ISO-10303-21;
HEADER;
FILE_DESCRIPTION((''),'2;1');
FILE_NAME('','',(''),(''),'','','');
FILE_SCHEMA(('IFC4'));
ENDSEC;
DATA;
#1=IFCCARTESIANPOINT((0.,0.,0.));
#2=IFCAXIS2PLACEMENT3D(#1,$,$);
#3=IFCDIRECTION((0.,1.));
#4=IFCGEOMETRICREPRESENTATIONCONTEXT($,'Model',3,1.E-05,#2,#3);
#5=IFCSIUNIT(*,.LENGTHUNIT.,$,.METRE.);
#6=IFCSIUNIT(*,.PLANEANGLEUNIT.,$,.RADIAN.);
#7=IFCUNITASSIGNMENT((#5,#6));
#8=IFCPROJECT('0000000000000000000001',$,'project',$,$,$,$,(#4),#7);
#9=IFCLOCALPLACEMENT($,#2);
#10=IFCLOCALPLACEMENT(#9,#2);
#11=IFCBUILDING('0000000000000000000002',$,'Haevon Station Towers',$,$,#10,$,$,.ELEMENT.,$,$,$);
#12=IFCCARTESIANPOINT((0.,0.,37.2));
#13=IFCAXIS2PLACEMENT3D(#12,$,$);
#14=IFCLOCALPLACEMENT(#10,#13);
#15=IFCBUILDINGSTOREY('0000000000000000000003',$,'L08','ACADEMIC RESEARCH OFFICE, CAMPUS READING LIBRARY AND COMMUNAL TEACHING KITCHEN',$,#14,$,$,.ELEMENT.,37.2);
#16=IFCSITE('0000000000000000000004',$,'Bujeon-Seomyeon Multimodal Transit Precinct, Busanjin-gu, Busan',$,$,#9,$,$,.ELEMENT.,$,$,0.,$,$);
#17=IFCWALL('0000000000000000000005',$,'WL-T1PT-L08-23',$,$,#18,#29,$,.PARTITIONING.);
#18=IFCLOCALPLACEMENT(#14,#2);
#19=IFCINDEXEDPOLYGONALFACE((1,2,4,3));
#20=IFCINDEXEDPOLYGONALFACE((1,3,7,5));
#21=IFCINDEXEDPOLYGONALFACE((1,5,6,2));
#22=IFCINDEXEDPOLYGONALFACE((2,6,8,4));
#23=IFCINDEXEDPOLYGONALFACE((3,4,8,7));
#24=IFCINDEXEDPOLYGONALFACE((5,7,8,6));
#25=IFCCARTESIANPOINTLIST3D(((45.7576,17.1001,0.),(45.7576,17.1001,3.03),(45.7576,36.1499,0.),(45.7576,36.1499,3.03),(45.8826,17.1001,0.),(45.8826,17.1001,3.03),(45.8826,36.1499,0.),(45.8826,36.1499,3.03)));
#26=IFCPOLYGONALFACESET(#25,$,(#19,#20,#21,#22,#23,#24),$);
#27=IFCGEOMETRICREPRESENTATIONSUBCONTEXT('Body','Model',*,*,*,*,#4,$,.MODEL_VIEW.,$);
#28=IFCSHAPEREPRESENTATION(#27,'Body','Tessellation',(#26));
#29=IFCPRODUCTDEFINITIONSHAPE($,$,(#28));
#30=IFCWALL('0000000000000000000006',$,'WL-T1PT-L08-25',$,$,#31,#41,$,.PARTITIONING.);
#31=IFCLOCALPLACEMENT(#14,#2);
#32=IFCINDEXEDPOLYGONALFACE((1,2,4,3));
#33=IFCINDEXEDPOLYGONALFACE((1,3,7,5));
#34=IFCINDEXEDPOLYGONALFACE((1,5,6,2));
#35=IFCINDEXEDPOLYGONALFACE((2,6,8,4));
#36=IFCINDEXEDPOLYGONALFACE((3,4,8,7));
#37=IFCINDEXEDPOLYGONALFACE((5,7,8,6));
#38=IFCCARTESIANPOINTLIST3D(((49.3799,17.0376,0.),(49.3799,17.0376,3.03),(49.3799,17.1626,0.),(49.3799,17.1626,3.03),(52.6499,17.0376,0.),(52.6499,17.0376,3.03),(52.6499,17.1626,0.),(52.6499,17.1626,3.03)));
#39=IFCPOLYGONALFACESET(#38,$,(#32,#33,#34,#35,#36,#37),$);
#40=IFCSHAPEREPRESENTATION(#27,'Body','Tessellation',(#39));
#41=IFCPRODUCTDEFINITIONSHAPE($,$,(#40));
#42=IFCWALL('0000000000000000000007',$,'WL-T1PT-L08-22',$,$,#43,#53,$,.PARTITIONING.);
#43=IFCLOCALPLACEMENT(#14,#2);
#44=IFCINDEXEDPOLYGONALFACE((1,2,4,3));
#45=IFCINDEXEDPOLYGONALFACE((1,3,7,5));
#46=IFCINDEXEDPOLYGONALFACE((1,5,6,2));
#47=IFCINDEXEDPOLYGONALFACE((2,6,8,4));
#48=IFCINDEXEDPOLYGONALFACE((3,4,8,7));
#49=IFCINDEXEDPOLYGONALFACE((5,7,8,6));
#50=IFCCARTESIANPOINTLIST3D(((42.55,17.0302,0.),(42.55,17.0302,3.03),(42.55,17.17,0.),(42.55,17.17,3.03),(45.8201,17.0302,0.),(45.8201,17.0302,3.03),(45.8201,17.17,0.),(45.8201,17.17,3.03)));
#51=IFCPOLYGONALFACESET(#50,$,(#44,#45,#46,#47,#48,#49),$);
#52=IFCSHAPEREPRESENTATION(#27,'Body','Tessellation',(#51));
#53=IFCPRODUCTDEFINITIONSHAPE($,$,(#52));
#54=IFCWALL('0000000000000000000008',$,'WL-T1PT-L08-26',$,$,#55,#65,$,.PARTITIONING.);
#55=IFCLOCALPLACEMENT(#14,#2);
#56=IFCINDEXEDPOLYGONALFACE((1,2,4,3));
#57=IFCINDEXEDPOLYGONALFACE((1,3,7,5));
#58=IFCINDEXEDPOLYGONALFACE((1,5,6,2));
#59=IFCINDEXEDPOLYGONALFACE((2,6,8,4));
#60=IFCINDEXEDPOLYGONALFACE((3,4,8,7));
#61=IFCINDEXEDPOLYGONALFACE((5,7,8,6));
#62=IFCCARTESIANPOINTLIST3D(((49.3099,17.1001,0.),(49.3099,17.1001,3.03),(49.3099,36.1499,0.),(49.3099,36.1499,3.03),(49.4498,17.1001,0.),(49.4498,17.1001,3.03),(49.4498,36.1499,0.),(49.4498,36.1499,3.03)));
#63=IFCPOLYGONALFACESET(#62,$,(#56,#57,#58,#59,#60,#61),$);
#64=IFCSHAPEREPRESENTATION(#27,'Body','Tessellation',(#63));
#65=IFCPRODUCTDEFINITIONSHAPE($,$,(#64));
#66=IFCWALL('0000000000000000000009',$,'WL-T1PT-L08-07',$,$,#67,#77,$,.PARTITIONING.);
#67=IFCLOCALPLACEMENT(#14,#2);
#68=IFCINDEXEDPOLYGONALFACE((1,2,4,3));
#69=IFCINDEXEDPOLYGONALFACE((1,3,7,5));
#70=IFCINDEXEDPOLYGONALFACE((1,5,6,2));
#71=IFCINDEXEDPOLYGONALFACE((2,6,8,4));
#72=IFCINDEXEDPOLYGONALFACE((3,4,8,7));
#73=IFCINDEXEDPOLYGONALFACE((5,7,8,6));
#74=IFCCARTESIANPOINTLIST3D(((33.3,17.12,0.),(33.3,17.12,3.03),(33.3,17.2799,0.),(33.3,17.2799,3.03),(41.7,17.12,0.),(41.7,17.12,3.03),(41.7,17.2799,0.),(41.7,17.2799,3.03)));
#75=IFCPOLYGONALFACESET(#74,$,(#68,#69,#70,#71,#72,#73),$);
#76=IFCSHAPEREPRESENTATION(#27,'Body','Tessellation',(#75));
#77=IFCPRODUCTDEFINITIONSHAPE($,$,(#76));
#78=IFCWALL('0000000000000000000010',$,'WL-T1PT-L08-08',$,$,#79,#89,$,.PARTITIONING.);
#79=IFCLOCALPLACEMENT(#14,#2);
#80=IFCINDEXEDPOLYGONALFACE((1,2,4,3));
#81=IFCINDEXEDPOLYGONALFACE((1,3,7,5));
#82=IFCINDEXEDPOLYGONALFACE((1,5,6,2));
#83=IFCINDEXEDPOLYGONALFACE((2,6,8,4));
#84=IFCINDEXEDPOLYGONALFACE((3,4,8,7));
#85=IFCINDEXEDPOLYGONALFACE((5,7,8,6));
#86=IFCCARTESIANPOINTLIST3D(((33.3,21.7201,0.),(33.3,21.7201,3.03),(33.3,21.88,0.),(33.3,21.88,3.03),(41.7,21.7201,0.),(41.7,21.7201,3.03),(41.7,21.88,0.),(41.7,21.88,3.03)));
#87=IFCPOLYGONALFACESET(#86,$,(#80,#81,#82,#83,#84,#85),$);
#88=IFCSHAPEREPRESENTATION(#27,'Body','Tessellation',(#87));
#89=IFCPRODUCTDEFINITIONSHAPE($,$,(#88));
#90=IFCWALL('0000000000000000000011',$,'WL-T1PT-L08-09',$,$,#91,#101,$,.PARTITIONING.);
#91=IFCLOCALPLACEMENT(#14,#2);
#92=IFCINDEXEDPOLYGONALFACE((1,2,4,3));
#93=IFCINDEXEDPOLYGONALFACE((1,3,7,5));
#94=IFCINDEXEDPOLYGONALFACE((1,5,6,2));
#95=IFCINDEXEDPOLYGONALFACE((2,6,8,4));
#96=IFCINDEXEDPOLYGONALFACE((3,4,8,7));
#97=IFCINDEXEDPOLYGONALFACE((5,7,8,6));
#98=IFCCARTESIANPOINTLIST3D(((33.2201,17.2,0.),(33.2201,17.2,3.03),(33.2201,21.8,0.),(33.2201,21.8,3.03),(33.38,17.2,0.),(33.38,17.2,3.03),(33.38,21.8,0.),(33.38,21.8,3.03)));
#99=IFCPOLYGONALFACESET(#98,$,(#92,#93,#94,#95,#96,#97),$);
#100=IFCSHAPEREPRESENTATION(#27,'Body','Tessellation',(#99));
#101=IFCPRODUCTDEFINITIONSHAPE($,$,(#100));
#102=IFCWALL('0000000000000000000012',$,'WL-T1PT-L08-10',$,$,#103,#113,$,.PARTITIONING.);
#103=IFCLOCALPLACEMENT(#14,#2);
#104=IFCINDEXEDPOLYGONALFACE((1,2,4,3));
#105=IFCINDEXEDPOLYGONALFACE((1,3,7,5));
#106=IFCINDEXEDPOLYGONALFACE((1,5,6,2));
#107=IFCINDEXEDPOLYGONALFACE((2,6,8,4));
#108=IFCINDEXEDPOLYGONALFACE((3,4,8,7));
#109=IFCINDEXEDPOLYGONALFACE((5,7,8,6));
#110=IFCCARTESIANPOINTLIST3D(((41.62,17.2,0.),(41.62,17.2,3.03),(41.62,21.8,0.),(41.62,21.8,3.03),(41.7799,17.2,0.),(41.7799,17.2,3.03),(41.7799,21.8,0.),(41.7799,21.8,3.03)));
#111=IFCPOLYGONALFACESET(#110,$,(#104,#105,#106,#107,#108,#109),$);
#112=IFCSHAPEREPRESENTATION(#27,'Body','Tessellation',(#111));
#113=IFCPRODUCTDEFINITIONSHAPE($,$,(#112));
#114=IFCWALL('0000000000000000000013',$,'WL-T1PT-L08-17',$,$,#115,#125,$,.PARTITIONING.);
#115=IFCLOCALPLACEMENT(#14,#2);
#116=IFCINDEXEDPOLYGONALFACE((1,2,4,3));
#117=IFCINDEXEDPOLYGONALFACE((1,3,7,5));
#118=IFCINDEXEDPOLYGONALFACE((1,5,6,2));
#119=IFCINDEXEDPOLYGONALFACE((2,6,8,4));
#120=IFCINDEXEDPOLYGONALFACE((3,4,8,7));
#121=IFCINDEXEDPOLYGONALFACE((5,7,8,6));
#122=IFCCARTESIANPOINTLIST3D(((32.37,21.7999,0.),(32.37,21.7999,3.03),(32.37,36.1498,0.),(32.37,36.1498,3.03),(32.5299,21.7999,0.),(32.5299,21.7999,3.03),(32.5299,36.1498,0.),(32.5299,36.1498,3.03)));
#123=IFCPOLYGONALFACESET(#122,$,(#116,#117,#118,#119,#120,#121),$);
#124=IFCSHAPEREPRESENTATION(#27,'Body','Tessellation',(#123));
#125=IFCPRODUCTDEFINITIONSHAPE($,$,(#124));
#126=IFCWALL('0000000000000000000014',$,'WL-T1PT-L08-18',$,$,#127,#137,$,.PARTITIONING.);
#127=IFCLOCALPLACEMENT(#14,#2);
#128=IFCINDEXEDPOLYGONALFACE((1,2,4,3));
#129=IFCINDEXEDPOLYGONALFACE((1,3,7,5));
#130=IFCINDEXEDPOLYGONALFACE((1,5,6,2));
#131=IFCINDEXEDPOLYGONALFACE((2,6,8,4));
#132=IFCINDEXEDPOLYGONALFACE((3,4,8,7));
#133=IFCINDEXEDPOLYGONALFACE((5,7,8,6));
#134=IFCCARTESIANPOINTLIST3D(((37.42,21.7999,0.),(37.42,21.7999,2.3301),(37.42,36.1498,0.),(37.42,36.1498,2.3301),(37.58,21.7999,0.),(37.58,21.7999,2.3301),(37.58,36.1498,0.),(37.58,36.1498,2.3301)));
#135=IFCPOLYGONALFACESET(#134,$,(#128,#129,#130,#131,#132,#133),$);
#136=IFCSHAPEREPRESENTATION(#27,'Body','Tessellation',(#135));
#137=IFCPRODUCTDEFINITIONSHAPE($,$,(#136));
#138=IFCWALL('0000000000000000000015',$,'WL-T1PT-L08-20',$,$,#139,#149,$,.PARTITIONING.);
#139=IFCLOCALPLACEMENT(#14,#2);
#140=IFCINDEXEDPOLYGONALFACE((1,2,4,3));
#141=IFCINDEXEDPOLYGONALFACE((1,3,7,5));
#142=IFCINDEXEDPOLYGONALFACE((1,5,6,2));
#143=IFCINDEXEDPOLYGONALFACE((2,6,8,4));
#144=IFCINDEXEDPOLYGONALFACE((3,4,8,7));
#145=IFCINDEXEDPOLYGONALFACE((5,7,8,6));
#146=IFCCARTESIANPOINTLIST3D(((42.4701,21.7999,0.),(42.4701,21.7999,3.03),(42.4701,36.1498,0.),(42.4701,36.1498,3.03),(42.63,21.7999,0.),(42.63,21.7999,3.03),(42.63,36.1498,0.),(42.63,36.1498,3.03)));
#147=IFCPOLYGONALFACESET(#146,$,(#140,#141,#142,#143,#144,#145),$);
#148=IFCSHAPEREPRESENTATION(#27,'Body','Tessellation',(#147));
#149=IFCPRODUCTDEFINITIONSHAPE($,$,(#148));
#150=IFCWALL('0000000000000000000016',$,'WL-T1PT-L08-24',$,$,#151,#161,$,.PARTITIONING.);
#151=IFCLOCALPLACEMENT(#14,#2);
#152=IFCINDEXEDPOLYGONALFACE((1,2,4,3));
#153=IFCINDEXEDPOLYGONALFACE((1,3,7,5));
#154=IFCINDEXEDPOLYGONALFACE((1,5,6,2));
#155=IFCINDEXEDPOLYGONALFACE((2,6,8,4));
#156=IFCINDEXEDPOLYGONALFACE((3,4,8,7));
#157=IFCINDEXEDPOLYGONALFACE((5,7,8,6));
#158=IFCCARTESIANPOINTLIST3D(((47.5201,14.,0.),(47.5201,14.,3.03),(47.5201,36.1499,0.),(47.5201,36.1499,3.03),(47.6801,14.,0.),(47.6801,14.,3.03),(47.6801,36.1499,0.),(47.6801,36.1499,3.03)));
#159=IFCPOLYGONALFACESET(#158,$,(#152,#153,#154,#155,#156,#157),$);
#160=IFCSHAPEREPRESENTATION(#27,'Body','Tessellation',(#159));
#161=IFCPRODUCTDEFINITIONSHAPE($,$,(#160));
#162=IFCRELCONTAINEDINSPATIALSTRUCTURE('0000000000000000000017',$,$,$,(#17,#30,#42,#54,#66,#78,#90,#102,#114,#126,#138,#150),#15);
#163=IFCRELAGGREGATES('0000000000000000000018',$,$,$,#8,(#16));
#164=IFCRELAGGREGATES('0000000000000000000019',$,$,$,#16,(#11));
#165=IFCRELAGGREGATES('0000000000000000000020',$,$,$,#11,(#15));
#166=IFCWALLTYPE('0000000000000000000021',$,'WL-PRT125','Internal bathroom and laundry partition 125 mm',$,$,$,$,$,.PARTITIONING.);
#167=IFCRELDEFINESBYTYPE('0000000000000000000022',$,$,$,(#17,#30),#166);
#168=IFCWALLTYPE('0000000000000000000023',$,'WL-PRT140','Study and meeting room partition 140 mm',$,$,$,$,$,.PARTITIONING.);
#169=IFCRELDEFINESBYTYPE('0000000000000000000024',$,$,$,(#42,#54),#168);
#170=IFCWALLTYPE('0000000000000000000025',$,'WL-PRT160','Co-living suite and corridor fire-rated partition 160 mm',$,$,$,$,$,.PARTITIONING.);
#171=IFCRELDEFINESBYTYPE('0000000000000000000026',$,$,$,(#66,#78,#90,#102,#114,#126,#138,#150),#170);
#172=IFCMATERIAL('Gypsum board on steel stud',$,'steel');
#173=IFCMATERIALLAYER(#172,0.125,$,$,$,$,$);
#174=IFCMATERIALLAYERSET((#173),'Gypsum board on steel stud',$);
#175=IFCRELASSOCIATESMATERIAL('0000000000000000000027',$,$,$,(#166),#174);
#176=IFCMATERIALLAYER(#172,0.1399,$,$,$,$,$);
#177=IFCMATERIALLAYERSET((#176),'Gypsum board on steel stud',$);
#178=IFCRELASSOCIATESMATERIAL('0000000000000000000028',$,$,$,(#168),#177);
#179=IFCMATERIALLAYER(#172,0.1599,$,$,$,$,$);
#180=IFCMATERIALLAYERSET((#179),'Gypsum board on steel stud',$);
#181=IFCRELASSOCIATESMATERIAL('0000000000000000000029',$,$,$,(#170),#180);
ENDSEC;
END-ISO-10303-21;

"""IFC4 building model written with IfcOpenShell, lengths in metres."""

from ifc_helpers import new_model, si_unit, direction, frame, frame_2d, origin, place, context, subcontext, project, spatial, rectangle, extrude, material, layer, layer_set, type_object, element, save


model = new_model("IFC4")

# Units and contexts
model_context = context("Model", 3, precision=1e-05, world=origin(), true_north=direction((0.0, 1.0)))
body_context = subcontext(model_context, "Body", "Model", "MODEL_VIEW")
ifc_project = project(units=[si_unit("LENGTHUNIT", "METRE"), si_unit("PLANEANGLEUNIT", "RADIAN")], contexts=[model_context])

# Site, building, storey
site_placement = place(None, origin())
site = spatial("IfcSite", under=ifc_project, at=site_placement, Name="Bujeon-Seomyeon Multimodal Transit Precinct, Busanjin-gu, Busan", CompositionType="ELEMENT", RefElevation=0.0)
building_placement = place(site_placement, origin())
building = spatial("IfcBuilding", under=site, at=building_placement, Name="Haevon Station Towers", CompositionType="ELEMENT")
storey_placement = place(building_placement, frame((0.0, 0.0, 37.2)))
storey = spatial("IfcBuildingStorey", under=building, at=storey_placement, Name="L08", Description="ACADEMIC RESEARCH OFFICE, CAMPUS READING LIBRARY AND COMMUNAL TEACHING KITCHEN", CompositionType="ELEMENT", Elevation=37.2)

# Walls
ifc_material_1 = material(Name="Gypsum board on steel stud", Category="steel")
ifc_layer_1 = layer(ifc_material_1, 0.125)
ifc_layer_set_1 = layer_set([ifc_layer_1], Name="Gypsum board on steel stud")
wall_type_1 = type_object("IfcWallType", Name="WL-PRT125", Description="Internal bathroom and laundry partition 125 mm", PredefinedType="PARTITIONING", material=ifc_layer_set_1)
wall_1_placement = place(storey_placement, frame((45.8201, 17.1001, 0.0), z_axis=(0.0, 0.0, 1.0), x_axis=(0.0, 1.0, 0.0)))
element("IfcWall", 1, at=wall_1_placement, inside=storey, type_object=wall_type_1, Name="WL-T1PT-L08-23", PredefinedType="PARTITIONING", context=body_context, shape_type="SweptSolid", body=[
    extrude(rectangle(XDim=19.0498, YDim=0.125, at=frame_2d((9.5249, 0.0))), origin(), (0.0, 0.0, 1.0), 3.03),
])
wall_2_placement = place(storey_placement, frame((49.3799, 17.1001, 0.0), z_axis=(0.0, 0.0, 1.0), x_axis=(1.0, 0.0, 0.0)))
element("IfcWall", 2, at=wall_2_placement, inside=storey, type_object=wall_type_1, Name="WL-T1PT-L08-25", PredefinedType="PARTITIONING", context=body_context, shape_type="SweptSolid", body=[
    extrude(rectangle(XDim=3.27, YDim=0.125, at=frame_2d((1.635, 0.0))), origin(), (0.0, 0.0, 1.0), 3.03),
])
ifc_layer_2 = layer(ifc_material_1, 0.1399)
ifc_layer_set_2 = layer_set([ifc_layer_2], Name="Gypsum board on steel stud")
wall_type_2 = type_object("IfcWallType", Name="WL-PRT140", Description="Study and meeting room partition 140 mm", PredefinedType="PARTITIONING", material=ifc_layer_set_2)
wall_3_placement = place(storey_placement, frame((42.55, 17.1001, 0.0), z_axis=(0.0, 0.0, 1.0), x_axis=(1.0, 0.0, 0.0)))
element("IfcWall", 3, at=wall_3_placement, inside=storey, type_object=wall_type_2, Name="WL-T1PT-L08-22", PredefinedType="PARTITIONING", context=body_context, shape_type="SweptSolid", body=[
    extrude(rectangle(XDim=3.27, YDim=0.1399, at=frame_2d((1.635, 0.0))), origin(), (0.0, 0.0, 1.0), 3.03),
])
wall_4_placement = place(storey_placement, frame((49.3799, 17.1001, 0.0), z_axis=(0.0, 0.0, 1.0), x_axis=(0.0, 1.0, 0.0)))
element("IfcWall", 4, at=wall_4_placement, inside=storey, type_object=wall_type_2, Name="WL-T1PT-L08-26", PredefinedType="PARTITIONING", context=body_context, shape_type="SweptSolid", body=[
    extrude(rectangle(XDim=19.0498, YDim=0.1399, at=frame_2d((9.5249, 0.0))), origin(), (0.0, 0.0, 1.0), 3.03),
])
ifc_layer_3 = layer(ifc_material_1, 0.1599)
ifc_layer_set_3 = layer_set([ifc_layer_3], Name="Gypsum board on steel stud")
wall_type_3 = type_object("IfcWallType", Name="WL-PRT160", Description="Co-living suite and corridor fire-rated partition 160 mm", PredefinedType="PARTITIONING", material=ifc_layer_set_3)
for number, where, z_axis, x_axis, name in (
    (5, (33.3, 17.2, 0.0), (0.0, 0.0, 1.0), (1.0, 0.0, 0.0), "WL-T1PT-L08-07"),
    (6, (33.3, 21.8, 0.0), (0.0, 0.0, 1.0), (1.0, 0.0, 0.0), "WL-T1PT-L08-08"),
):
    element("IfcWall", number, at=place(storey_placement, frame(where, z_axis=z_axis, x_axis=x_axis)), inside=storey, type_object=wall_type_3, Name=name, PredefinedType="PARTITIONING", context=body_context, shape_type="SweptSolid", body=[
        extrude(rectangle(XDim=8.3999, YDim=0.1599, at=frame_2d((4.2, 0.0))), origin(), (0.0, 0.0, 1.0), 3.03),
    ])
for number, where, z_axis, x_axis, name in (
    (7, (33.3, 17.2, 0.0), (0.0, 0.0, 1.0), (0.0, 1.0, 0.0), "WL-T1PT-L08-09"),
    (8, (41.7, 17.2, 0.0), (0.0, 0.0, 1.0), (0.0, 1.0, 0.0), "WL-T1PT-L08-10"),
):
    element("IfcWall", number, at=place(storey_placement, frame(where, z_axis=z_axis, x_axis=x_axis)), inside=storey, type_object=wall_type_3, Name=name, PredefinedType="PARTITIONING", context=body_context, shape_type="SweptSolid", body=[
        extrude(rectangle(XDim=4.6001, YDim=0.1599, at=frame_2d((2.3, 0.0))), origin(), (0.0, 0.0, 1.0), 3.03),
    ])
wall_5_placement = place(storey_placement, frame((32.45, 21.8, 0.0), z_axis=(0.0, 0.0, 1.0), x_axis=(0.0, 1.0, 0.0)))
element("IfcWall", 9, at=wall_5_placement, inside=storey, type_object=wall_type_3, Name="WL-T1PT-L08-17", PredefinedType="PARTITIONING", context=body_context, shape_type="SweptSolid", body=[
    extrude(rectangle(XDim=14.3499, YDim=0.1599, at=frame_2d((7.1748, 0.0))), origin(), (0.0, 0.0, 1.0), 3.03),
])
wall_6_placement = place(storey_placement, frame((37.5, 21.8, 0.0), z_axis=(0.0, 0.0, 1.0), x_axis=(0.0, 1.0, 0.0)))
element("IfcWall", 10, at=wall_6_placement, inside=storey, type_object=wall_type_3, Name="WL-T1PT-L08-18", PredefinedType="PARTITIONING", context=body_context, shape_type="SweptSolid", body=[
    extrude(rectangle(XDim=14.3499, YDim=0.1599, at=frame_2d((7.1748, 0.0))), origin(), (0.0, 0.0, 1.0), 2.3301),
])
wall_7_placement = place(storey_placement, frame((42.55, 21.8, 0.0), z_axis=(0.0, 0.0, 1.0), x_axis=(0.0, 1.0, 0.0)))
element("IfcWall", 11, at=wall_7_placement, inside=storey, type_object=wall_type_3, Name="WL-T1PT-L08-20", PredefinedType="PARTITIONING", context=body_context, shape_type="SweptSolid", body=[
    extrude(rectangle(XDim=14.3499, YDim=0.1599, at=frame_2d((7.1748, 0.0))), origin(), (0.0, 0.0, 1.0), 3.03),
])
wall_8_placement = place(storey_placement, frame((47.6001, 14.0, 0.0), z_axis=(0.0, 0.0, 1.0), x_axis=(0.0, 1.0, 0.0)))
element("IfcWall", 12, at=wall_8_placement, inside=storey, type_object=wall_type_3, Name="WL-T1PT-L08-24", PredefinedType="PARTITIONING", context=body_context, shape_type="SweptSolid", body=[
    extrude(rectangle(XDim=22.1499, YDim=0.1599, at=frame_2d((11.075, 0.0))), origin(), (0.0, 0.0, 1.0), 3.03),
])

save(model, "model.ifc")
